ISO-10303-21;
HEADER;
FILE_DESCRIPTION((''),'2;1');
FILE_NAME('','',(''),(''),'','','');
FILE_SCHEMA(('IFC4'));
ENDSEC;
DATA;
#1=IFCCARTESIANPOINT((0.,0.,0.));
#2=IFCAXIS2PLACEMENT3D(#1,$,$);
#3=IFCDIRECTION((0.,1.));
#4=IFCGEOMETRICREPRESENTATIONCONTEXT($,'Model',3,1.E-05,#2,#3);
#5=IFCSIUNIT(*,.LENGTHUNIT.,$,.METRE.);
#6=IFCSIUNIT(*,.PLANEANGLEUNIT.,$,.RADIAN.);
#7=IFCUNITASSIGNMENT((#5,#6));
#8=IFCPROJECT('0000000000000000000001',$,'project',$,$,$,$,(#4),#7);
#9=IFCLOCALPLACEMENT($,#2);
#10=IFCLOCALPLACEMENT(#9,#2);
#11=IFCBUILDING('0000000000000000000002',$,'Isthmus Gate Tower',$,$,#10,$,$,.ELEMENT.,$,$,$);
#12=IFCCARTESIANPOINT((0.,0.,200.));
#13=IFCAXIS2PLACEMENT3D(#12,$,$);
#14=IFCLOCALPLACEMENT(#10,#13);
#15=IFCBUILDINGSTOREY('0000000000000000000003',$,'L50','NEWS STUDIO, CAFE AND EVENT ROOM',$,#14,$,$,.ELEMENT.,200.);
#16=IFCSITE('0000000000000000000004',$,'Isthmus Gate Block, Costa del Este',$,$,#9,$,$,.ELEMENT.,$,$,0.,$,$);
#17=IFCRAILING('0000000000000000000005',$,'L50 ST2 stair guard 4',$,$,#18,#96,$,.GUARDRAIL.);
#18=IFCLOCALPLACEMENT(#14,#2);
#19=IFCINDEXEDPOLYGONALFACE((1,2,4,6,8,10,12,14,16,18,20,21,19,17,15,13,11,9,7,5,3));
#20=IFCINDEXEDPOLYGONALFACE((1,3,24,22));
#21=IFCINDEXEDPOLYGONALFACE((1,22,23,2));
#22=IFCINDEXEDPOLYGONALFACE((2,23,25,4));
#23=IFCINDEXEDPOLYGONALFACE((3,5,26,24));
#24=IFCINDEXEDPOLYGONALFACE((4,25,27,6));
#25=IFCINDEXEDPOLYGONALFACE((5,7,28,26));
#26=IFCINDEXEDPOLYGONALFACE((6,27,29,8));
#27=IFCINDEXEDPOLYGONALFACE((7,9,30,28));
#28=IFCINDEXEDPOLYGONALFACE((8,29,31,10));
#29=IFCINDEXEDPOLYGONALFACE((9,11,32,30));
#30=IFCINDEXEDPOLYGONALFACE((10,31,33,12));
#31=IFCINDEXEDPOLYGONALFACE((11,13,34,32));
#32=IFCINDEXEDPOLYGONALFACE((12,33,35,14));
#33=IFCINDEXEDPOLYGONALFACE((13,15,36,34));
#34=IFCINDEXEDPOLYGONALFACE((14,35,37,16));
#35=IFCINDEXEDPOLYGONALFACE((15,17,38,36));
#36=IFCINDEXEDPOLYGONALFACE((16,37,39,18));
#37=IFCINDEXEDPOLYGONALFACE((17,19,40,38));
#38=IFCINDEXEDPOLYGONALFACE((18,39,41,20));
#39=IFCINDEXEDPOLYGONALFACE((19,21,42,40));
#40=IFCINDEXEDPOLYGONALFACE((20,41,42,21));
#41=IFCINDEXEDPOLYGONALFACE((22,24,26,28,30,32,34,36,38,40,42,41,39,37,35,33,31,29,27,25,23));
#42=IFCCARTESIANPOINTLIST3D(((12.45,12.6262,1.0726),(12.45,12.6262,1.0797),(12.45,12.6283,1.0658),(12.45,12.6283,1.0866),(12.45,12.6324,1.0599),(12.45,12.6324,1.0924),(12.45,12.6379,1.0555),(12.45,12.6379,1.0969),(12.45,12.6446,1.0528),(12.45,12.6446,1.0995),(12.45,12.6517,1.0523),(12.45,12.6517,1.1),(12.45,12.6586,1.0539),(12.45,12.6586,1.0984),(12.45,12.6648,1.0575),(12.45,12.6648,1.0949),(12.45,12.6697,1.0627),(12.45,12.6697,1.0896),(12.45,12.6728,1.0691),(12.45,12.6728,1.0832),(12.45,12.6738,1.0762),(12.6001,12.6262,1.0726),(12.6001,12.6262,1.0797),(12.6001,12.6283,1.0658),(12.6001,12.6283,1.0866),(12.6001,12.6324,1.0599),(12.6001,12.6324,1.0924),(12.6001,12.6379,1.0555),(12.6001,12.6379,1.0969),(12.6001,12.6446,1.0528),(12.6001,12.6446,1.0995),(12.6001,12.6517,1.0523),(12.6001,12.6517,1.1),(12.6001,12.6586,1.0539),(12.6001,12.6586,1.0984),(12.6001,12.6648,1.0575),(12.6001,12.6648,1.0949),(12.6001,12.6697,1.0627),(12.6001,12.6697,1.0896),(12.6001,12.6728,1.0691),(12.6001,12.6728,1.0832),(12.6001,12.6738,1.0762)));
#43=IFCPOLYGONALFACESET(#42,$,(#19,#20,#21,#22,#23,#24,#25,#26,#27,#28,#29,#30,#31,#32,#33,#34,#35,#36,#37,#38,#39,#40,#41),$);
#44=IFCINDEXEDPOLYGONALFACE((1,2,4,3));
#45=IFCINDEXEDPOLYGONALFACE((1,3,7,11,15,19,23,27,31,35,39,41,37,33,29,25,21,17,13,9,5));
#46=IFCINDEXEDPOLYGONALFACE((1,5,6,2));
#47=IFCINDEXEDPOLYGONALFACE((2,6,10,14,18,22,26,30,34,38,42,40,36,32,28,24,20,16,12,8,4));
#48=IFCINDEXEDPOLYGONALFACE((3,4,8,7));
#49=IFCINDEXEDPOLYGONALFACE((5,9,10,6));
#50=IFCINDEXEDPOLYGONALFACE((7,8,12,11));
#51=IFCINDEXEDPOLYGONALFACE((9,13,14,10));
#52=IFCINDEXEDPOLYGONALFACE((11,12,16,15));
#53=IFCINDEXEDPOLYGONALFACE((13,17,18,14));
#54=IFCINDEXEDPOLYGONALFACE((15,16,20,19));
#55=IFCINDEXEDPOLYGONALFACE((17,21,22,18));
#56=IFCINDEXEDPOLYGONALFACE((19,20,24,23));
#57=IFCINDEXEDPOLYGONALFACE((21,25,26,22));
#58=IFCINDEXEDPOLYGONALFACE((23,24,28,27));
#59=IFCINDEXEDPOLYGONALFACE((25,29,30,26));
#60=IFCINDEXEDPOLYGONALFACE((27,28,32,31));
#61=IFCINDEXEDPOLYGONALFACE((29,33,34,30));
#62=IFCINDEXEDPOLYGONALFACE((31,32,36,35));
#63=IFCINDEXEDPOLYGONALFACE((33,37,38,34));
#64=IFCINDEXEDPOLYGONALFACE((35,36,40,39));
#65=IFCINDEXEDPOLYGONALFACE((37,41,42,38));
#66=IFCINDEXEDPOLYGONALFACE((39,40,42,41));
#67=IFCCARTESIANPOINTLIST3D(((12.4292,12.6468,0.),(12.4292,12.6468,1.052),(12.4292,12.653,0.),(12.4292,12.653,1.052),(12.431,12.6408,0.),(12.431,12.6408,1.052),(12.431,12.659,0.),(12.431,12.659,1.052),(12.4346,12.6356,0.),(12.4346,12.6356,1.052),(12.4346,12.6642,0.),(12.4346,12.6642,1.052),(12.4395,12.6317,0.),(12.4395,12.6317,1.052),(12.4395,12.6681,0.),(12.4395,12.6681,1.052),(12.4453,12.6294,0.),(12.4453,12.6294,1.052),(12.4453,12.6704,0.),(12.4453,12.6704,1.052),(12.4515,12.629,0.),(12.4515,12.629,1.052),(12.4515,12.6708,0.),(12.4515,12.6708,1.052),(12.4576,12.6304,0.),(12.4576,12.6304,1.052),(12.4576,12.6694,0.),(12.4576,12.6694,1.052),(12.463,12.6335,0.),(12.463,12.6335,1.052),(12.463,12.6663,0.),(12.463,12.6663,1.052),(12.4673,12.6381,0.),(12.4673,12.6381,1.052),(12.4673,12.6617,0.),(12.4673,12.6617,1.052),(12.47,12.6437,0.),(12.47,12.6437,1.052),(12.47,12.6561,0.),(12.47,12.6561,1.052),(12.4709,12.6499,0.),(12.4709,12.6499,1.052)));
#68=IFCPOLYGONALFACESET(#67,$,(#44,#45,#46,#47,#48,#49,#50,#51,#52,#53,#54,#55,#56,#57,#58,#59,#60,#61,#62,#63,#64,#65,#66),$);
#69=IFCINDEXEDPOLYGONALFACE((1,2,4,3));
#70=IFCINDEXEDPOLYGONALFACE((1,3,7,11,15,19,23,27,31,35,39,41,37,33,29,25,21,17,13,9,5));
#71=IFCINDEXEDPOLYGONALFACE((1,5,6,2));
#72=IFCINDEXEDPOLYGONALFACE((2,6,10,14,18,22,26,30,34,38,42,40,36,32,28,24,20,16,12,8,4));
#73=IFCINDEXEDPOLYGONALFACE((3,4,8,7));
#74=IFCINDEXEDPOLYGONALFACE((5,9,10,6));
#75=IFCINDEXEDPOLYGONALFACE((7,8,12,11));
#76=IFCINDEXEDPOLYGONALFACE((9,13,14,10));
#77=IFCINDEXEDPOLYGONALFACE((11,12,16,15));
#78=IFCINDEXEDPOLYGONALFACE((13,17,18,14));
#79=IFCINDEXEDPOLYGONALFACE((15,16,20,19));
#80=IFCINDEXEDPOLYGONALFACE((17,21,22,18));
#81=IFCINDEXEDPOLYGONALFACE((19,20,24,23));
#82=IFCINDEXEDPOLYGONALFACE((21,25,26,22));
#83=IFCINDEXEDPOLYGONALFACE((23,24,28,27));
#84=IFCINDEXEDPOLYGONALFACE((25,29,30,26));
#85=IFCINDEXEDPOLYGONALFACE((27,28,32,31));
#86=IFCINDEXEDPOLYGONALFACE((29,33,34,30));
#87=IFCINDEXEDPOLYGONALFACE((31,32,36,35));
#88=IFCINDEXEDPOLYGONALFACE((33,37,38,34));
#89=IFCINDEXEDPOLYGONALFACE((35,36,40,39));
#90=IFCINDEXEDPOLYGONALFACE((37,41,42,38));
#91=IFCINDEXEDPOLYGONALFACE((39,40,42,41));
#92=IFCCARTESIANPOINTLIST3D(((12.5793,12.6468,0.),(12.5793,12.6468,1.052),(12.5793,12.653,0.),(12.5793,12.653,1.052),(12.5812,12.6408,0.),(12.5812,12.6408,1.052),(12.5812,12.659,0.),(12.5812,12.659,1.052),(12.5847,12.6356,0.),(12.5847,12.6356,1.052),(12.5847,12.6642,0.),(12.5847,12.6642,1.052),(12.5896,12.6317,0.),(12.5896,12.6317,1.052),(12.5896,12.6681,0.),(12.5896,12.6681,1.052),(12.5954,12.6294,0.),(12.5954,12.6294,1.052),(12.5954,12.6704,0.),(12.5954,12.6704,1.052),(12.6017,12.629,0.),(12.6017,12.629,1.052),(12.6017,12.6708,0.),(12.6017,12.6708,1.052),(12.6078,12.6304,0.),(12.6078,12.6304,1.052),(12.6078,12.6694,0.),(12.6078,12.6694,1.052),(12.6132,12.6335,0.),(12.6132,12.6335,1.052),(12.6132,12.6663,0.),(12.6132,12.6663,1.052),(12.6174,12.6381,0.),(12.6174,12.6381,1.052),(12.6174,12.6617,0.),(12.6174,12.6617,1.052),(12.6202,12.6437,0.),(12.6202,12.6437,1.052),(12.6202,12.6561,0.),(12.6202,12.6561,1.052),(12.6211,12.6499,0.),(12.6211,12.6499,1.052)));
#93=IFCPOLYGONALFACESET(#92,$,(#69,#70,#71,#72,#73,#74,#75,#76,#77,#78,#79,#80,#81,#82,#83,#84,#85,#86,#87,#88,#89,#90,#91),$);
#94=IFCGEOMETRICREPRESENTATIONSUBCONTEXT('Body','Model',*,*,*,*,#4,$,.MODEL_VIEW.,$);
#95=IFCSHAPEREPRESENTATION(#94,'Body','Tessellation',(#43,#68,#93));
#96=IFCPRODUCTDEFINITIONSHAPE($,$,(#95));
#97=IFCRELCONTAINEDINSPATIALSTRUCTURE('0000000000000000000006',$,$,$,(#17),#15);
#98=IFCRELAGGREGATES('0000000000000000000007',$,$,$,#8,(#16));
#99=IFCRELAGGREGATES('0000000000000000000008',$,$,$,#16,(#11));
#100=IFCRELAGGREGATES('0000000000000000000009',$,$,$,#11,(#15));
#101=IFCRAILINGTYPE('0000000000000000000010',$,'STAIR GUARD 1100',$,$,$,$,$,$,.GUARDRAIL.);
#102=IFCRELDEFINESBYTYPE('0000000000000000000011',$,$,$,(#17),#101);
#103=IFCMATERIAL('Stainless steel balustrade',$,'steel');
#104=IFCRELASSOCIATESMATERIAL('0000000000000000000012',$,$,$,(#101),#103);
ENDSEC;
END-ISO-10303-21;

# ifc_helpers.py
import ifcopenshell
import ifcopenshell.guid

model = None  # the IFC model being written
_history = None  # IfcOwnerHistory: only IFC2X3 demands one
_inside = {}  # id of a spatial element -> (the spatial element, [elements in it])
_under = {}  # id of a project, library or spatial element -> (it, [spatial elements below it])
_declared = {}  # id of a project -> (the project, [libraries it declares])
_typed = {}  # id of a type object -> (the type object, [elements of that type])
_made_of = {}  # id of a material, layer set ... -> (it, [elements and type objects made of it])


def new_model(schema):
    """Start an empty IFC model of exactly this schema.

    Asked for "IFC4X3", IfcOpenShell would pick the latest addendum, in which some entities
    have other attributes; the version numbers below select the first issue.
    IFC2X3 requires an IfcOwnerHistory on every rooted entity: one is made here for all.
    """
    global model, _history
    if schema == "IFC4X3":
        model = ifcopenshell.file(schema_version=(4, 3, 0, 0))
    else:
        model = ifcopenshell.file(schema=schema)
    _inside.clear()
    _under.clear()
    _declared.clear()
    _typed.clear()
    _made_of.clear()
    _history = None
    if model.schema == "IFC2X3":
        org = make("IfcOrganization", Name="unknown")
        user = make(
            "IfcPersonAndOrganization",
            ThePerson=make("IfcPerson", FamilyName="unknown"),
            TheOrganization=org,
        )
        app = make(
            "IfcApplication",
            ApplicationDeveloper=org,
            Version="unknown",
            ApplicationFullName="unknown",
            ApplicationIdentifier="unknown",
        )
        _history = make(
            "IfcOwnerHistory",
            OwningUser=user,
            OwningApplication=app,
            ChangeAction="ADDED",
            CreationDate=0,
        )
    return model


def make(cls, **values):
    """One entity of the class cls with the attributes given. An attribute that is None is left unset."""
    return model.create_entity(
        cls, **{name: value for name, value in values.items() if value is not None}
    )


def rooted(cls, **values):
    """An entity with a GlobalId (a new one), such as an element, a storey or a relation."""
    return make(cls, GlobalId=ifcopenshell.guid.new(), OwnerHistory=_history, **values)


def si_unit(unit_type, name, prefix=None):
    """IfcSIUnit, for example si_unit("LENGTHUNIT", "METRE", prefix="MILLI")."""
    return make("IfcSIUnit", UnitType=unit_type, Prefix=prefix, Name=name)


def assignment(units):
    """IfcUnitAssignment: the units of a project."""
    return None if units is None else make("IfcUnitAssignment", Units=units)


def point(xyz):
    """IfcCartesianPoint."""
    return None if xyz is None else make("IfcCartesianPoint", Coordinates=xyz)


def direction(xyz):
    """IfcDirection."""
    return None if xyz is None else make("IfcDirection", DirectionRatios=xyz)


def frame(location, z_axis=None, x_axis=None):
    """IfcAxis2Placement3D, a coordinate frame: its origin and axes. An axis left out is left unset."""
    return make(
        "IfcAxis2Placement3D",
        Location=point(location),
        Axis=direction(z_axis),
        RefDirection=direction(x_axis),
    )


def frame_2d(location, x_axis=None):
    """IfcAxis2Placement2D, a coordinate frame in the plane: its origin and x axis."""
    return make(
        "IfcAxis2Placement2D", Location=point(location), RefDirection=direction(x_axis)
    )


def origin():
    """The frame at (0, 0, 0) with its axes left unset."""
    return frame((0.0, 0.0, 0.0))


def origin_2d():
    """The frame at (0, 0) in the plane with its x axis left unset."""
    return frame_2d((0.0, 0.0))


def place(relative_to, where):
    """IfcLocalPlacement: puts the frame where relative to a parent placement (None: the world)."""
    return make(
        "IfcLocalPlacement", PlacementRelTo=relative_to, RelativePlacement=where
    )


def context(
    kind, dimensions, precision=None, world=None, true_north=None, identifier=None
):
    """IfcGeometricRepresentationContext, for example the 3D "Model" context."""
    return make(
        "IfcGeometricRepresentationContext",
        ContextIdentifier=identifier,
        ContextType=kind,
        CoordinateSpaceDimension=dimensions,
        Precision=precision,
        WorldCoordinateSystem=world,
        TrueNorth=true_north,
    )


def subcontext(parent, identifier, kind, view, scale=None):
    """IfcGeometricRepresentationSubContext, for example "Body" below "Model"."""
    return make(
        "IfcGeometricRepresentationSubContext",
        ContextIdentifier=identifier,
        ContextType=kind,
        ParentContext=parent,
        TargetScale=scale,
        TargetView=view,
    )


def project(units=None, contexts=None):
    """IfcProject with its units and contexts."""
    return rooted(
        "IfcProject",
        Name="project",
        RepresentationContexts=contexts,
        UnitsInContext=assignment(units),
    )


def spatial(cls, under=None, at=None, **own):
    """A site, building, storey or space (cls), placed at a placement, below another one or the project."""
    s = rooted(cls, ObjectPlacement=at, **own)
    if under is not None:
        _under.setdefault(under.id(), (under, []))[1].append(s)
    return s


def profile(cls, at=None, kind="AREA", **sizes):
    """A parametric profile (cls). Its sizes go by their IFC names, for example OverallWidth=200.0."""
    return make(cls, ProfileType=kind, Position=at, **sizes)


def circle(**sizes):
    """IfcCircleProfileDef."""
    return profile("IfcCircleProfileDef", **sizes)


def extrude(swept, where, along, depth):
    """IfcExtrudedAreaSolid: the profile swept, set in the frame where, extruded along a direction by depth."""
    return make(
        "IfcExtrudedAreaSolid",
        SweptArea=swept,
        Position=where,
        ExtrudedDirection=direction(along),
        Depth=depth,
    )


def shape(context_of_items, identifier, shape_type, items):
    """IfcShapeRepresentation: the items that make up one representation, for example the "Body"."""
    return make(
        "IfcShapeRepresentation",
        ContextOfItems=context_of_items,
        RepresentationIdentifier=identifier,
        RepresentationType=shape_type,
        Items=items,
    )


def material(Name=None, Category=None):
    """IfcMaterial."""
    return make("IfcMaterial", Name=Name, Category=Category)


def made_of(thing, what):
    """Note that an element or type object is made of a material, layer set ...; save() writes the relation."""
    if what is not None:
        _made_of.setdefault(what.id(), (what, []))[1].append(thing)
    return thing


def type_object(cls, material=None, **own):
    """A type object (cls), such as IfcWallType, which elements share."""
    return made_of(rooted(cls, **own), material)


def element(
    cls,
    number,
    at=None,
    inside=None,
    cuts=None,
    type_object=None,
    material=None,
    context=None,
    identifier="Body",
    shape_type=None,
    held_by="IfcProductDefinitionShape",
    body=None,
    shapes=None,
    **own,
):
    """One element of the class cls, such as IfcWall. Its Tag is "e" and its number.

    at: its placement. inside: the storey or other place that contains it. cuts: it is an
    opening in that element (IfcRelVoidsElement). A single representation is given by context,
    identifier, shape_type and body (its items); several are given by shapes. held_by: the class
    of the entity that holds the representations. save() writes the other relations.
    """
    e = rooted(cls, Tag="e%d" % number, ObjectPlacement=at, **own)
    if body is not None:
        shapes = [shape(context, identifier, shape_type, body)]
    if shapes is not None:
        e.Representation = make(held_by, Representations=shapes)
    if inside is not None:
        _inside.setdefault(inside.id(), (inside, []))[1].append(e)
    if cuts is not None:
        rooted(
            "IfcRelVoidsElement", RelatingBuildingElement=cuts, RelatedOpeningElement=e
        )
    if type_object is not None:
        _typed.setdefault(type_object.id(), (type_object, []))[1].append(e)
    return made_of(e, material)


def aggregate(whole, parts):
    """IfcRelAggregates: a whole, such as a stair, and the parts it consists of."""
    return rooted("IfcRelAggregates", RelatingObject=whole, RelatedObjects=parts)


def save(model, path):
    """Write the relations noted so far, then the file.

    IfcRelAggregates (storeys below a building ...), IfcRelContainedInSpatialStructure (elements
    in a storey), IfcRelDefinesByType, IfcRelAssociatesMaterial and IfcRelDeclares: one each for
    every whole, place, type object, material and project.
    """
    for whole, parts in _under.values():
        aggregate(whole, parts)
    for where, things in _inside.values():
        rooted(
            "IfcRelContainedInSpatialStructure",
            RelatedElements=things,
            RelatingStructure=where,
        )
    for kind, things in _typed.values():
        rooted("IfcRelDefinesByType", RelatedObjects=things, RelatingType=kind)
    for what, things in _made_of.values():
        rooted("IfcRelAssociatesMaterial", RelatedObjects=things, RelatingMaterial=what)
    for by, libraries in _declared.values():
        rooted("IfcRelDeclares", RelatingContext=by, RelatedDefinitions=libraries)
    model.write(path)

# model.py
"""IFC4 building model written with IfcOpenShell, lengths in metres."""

from ifc_helpers import new_model, si_unit, direction, frame, origin, origin_2d, place, context, subcontext, project, spatial, circle, extrude, material, type_object, element, save


model = new_model("IFC4")

# Units and contexts
model_context = context("Model", 3, precision=1e-05, world=origin(), true_north=direction((0.0, 1.0)))
body_context = subcontext(model_context, "Body", "Model", "MODEL_VIEW")
ifc_project = project(units=[si_unit("LENGTHUNIT", "METRE"), si_unit("PLANEANGLEUNIT", "RADIAN")], contexts=[model_context])

# Site, building, storey
site_placement = place(None, origin())
site = spatial("IfcSite", under=ifc_project, at=site_placement, Name="Isthmus Gate Block, Costa del Este", CompositionType="ELEMENT", RefElevation=0.0)
building_placement = place(site_placement, origin())
building = spatial("IfcBuilding", under=site, at=building_placement, Name="Isthmus Gate Tower", CompositionType="ELEMENT")
storey_placement = place(building_placement, frame((0.0, 0.0, 200.0)))
storey = spatial("IfcBuildingStorey", under=building, at=storey_placement, Name="L50", Description="NEWS STUDIO, CAFE AND EVENT ROOM", CompositionType="ELEMENT", Elevation=200.0)

# Railing
ifc_material_1 = material(Name="Stainless steel balustrade", Category="steel")
railing_type_1 = type_object("IfcRailingType", Name="STAIR GUARD 1100", PredefinedType="GUARDRAIL", material=ifc_material_1)
railing_1_placement = place(storey_placement, frame((12.45, 12.6499, 0.0)))
element("IfcRailing", 1, at=railing_1_placement, inside=storey, type_object=railing_type_1, Name="L50 ST2 stair guard 4", PredefinedType="GUARDRAIL", context=body_context, shape_type="SweptSolid", body=[
    extrude(circle(Radius=0.0239, at=origin_2d()), frame((0.0, 0.0, 1.0762), z_axis=(1.0, 0.0, 0.0), x_axis=(0.0, 1.0, 0.0)), (0.0, 0.0, 1.0), 0.1501),
    extrude(circle(Radius=0.021, at=origin_2d()), origin(), (0.0, 0.0, 1.0), 1.052),
    extrude(circle(Radius=0.021, at=origin_2d()), frame((0.1501, 0.0, 0.0)), (0.0, 0.0, 1.0), 1.052),
])

save(model, "model.ifc")
